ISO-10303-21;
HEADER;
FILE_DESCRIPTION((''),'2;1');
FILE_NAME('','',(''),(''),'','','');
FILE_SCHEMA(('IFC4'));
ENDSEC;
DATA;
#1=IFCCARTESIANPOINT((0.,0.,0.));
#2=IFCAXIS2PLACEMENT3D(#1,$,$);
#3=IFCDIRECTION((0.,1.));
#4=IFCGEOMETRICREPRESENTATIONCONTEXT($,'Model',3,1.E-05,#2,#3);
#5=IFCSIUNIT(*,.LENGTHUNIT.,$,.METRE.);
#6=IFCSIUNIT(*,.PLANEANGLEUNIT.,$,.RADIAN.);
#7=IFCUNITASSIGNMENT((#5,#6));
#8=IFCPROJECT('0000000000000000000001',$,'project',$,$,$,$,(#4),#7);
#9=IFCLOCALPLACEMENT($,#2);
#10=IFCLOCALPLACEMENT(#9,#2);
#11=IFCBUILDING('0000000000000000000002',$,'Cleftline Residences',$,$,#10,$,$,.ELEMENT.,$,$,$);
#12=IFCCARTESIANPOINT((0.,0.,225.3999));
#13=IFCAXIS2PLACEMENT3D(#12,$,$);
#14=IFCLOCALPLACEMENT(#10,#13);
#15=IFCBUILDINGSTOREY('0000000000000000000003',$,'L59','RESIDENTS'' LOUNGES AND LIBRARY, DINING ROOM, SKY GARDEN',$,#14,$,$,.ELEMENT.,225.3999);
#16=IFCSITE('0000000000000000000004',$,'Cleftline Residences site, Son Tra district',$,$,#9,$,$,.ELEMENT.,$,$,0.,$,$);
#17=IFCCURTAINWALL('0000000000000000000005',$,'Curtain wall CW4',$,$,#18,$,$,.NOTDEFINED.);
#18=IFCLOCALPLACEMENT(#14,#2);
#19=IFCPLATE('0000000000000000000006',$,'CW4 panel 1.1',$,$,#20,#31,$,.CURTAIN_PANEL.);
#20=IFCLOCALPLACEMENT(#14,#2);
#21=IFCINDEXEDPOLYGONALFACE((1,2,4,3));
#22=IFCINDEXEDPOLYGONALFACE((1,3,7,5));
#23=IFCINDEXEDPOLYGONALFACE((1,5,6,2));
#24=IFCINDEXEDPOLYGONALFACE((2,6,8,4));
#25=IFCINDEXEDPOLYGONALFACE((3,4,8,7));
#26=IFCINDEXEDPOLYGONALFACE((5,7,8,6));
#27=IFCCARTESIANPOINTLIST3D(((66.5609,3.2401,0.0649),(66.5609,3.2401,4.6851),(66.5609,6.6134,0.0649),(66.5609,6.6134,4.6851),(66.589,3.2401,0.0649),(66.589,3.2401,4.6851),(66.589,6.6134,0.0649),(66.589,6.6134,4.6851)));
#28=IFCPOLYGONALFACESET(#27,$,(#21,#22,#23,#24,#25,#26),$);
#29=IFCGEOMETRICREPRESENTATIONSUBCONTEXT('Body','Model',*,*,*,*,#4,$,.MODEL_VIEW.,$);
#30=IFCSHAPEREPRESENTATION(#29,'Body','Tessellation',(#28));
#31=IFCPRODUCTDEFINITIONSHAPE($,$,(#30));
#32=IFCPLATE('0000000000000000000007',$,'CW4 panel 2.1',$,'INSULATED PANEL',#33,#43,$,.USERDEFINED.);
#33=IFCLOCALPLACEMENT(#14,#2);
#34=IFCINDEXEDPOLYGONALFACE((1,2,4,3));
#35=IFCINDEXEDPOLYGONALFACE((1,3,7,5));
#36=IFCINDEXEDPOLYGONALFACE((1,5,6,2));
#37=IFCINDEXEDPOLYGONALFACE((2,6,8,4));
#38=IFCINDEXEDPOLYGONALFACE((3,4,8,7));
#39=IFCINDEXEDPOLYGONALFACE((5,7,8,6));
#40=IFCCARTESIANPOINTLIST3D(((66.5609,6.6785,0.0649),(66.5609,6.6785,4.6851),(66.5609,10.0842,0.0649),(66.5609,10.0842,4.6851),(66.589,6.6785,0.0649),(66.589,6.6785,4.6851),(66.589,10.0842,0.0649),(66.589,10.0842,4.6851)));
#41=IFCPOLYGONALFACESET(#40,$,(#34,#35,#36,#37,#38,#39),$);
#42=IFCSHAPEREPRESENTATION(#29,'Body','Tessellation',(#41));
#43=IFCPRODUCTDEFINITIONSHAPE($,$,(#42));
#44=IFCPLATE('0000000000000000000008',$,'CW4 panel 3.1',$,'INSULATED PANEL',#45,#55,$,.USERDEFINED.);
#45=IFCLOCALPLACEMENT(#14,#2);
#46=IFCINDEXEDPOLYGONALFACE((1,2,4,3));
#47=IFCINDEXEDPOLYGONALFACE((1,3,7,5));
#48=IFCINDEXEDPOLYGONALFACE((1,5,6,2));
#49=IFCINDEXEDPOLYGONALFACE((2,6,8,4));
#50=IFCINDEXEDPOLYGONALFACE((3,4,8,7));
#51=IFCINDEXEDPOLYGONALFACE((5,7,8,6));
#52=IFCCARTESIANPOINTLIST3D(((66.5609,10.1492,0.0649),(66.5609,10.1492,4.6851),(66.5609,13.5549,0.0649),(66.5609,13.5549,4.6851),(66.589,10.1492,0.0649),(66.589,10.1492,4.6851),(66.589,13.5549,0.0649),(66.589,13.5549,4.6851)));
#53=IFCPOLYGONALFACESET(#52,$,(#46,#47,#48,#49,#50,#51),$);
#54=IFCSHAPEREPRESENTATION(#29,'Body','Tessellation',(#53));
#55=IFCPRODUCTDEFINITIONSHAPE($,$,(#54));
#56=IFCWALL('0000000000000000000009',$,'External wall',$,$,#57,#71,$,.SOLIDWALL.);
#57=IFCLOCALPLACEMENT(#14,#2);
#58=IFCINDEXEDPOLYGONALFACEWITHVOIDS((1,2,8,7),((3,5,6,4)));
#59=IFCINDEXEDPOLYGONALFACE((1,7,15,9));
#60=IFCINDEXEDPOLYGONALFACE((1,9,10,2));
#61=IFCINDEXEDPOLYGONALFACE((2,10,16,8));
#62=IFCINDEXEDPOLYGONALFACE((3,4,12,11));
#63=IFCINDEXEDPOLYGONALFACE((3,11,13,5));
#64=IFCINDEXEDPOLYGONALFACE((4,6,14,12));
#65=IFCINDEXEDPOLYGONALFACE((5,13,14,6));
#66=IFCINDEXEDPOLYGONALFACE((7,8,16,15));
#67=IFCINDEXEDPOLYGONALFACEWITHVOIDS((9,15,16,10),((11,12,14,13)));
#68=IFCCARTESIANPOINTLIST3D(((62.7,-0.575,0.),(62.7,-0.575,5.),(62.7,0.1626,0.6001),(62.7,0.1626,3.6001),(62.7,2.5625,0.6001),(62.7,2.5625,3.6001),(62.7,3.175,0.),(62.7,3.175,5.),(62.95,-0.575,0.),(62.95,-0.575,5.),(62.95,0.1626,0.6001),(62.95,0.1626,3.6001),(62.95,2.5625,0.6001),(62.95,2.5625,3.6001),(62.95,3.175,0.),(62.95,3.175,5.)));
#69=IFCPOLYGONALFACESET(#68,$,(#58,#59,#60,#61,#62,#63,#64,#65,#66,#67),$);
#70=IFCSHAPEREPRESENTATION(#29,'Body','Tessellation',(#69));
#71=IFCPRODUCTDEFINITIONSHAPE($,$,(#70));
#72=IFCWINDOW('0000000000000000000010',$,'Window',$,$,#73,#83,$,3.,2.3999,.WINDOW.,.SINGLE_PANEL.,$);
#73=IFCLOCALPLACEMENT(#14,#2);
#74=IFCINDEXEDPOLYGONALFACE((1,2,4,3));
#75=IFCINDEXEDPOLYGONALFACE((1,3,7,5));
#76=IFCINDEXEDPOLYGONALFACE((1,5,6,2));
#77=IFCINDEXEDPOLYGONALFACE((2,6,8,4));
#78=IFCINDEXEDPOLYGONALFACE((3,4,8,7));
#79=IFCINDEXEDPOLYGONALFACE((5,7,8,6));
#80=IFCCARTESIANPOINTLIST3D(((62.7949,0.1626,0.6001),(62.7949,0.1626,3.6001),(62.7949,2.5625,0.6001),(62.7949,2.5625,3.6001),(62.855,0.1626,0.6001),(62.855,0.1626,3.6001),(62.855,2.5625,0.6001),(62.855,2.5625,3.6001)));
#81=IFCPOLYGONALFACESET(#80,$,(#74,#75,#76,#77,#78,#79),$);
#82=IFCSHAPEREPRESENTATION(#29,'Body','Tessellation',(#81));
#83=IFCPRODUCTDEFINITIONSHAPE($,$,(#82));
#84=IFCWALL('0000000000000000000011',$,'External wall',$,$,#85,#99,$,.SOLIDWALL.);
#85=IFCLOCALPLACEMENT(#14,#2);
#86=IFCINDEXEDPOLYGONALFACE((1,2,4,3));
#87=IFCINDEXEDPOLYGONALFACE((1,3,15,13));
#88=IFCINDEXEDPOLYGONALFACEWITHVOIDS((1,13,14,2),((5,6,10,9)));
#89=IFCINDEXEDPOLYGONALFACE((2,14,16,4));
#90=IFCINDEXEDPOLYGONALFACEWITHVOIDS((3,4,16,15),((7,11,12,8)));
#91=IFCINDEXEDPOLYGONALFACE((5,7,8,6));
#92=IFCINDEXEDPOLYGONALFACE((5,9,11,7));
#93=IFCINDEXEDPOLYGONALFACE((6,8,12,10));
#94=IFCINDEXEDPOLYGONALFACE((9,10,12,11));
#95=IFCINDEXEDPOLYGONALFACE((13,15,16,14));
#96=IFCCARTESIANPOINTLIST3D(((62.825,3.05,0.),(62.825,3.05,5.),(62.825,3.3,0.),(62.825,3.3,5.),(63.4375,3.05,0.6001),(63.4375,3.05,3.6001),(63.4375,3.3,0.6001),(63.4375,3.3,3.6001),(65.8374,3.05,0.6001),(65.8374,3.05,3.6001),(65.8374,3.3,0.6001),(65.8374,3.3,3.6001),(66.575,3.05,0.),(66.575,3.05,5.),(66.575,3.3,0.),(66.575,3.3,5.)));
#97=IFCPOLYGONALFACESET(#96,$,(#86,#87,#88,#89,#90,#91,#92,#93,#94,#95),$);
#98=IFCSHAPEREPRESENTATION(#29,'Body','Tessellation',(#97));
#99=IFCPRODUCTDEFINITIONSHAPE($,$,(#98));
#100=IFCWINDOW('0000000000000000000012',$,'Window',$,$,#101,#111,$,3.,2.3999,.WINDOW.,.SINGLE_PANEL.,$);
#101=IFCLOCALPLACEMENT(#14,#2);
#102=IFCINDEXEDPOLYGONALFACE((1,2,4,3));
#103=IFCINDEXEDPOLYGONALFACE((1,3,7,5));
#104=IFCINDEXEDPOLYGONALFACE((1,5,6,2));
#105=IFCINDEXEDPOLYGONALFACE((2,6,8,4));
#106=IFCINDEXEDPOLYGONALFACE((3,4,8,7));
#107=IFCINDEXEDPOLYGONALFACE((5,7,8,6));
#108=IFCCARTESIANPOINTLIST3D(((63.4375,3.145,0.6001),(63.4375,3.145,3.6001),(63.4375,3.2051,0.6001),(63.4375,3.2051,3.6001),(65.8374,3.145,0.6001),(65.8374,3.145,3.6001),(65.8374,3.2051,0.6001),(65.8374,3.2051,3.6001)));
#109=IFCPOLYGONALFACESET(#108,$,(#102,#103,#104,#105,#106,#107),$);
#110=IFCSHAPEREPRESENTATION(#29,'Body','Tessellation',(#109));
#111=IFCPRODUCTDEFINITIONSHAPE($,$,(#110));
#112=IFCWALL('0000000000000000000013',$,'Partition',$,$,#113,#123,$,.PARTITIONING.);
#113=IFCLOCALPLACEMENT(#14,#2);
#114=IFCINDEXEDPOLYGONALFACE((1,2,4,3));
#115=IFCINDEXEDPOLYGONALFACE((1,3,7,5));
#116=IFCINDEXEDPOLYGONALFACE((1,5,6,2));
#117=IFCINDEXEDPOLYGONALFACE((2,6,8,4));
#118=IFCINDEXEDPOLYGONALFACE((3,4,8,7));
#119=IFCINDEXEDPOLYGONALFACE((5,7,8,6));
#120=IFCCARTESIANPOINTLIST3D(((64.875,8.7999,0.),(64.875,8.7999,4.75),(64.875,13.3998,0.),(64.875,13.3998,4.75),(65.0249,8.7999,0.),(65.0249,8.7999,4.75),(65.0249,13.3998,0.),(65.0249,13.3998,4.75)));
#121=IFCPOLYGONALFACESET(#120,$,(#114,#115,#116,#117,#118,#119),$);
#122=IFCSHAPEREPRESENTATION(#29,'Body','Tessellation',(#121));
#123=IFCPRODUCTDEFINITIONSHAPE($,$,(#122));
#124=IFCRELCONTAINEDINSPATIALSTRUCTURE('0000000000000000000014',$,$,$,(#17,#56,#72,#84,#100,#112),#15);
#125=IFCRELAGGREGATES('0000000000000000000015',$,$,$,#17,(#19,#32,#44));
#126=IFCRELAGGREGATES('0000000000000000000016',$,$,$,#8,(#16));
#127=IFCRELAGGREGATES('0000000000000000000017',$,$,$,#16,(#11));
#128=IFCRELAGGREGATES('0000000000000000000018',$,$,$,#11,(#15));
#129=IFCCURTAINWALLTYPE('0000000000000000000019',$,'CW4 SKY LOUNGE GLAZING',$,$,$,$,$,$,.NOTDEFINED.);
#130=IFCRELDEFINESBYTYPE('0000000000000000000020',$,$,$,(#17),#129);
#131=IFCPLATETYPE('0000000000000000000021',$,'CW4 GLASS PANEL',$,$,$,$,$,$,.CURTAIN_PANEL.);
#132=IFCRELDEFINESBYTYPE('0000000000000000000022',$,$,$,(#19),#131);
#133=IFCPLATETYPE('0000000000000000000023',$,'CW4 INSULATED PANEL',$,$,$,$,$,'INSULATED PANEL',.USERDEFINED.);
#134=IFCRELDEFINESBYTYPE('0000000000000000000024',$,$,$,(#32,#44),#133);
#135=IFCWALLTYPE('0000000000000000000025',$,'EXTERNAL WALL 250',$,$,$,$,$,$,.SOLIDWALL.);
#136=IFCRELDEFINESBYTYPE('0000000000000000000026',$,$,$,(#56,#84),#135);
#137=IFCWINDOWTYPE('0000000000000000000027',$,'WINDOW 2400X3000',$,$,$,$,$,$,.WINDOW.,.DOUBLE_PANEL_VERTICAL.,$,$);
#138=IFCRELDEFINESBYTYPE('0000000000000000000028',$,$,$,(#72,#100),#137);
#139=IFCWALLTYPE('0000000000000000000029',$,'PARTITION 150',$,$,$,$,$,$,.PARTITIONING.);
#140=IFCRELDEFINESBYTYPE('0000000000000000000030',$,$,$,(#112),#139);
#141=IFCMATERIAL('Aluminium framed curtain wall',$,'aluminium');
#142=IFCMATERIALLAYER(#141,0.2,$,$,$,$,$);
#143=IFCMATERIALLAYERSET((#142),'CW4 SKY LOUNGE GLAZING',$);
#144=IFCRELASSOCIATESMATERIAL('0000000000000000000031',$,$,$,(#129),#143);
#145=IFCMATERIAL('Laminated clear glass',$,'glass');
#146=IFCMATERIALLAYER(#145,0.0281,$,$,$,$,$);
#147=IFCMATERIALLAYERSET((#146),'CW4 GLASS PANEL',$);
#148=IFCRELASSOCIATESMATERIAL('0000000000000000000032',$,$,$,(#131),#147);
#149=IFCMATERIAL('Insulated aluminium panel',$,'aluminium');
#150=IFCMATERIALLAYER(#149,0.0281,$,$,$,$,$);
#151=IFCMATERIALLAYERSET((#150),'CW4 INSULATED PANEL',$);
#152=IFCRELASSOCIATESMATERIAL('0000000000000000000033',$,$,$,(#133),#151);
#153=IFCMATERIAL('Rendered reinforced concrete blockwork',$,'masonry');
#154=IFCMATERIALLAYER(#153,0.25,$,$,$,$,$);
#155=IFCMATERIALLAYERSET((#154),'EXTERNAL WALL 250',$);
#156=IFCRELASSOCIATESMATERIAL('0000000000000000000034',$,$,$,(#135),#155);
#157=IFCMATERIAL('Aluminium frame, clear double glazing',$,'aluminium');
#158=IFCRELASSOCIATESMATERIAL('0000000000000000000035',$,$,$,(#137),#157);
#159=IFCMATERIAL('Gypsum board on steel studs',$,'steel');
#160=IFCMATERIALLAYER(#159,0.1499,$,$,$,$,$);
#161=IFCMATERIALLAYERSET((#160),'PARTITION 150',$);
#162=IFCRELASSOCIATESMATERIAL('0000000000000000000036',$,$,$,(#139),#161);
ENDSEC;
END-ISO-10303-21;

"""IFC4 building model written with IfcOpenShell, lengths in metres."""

from ifc_helpers import new_model, si_unit, direction, frame, frame_2d, origin, origin_2d, place, context, subcontext, project, spatial, rectangle, extrude, material, layer, layer_set, type_object, element, fill, aggregate, save


model = new_model("IFC4")

# Units and contexts
model_context = context("Model", 3, precision=1e-05, world=origin(), true_north=direction((0.0, 1.0)))
body_context = subcontext(model_context, "Body", "Model", "MODEL_VIEW")
ifc_project = project(units=[si_unit("LENGTHUNIT", "METRE"), si_unit("PLANEANGLEUNIT", "RADIAN")], contexts=[model_context])

# Site, building, storey
site_placement = place(None, origin())
site = spatial("IfcSite", under=ifc_project, at=site_placement, Name="Cleftline Residences site, Son Tra district", CompositionType="ELEMENT", RefElevation=0.0)
building_placement = place(site_placement, origin())
building = spatial("IfcBuilding", under=site, at=building_placement, Name="Cleftline Residences", CompositionType="ELEMENT")
storey_placement = place(building_placement, frame((0.0, 0.0, 225.3999)))
storey = spatial("IfcBuildingStorey", under=building, at=storey_placement, Name="L59", Description="RESIDENTS' LOUNGES AND LIBRARY, DINING ROOM, SKY GARDEN", CompositionType="ELEMENT", Elevation=225.3999)

# Curtain wall, plates
ifc_material_1 = material(Name="Aluminium framed curtain wall", Category="aluminium")
ifc_layer_1 = layer(ifc_material_1, 0.2)
ifc_layer_set_1 = layer_set([ifc_layer_1], Name="CW4 SKY LOUNGE GLAZING")
curtain_wall_type = type_object("IfcCurtainWallType", Name="CW4 SKY LOUNGE GLAZING", PredefinedType="NOTDEFINED", material=ifc_layer_set_1)
curtain_wall_placement = place(storey_placement, origin())
curtain_wall = element("IfcCurtainWall", 1, at=curtain_wall_placement, inside=storey, type_object=curtain_wall_type, Name="Curtain wall CW4", PredefinedType="NOTDEFINED")
ifc_material_2 = material(Name="Laminated clear glass", Category="glass")
ifc_layer_2 = layer(ifc_material_2, 0.0281)
ifc_layer_set_2 = layer_set([ifc_layer_2], Name="CW4 GLASS PANEL")
plate_type_1 = type_object("IfcPlateType", Name="CW4 GLASS PANEL", PredefinedType="CURTAIN_PANEL", material=ifc_layer_set_2)
plate_1_placement = place(storey_placement, frame((66.575, 4.9268, 0.0649), z_axis=(0.0, 0.0, 1.0), x_axis=(0.0, 1.0, 0.0)))
plate_1 = element("IfcPlate", 2, at=plate_1_placement, type_object=plate_type_1, Name="CW4 panel 1.1", PredefinedType="CURTAIN_PANEL", context=body_context, shape_type="SweptSolid", body=[
    extrude(rectangle(XDim=3.3733, YDim=0.0281, at=origin_2d()), origin(), (0.0, 0.0, 1.0), 4.6201),
])
ifc_material_3 = material(Name="Insulated aluminium panel", Category="aluminium")
ifc_layer_3 = layer(ifc_material_3, 0.0281)
ifc_layer_set_3 = layer_set([ifc_layer_3], Name="CW4 INSULATED PANEL")
plate_type_2 = type_object("IfcPlateType", Name="CW4 INSULATED PANEL", ElementType="INSULATED PANEL", PredefinedType="USERDEFINED", material=ifc_layer_set_3)
plate_2_placement = place(storey_placement, frame((66.575, 8.3813, 0.0649), z_axis=(0.0, 0.0, 1.0), x_axis=(0.0, 1.0, 0.0)))
plate_2 = element("IfcPlate", 3, at=plate_2_placement, type_object=plate_type_2, Name="CW4 panel 2.1", ObjectType="INSULATED PANEL", PredefinedType="USERDEFINED", context=body_context, shape_type="SweptSolid", body=[
    extrude(rectangle(XDim=3.4058, YDim=0.0281, at=origin_2d()), origin(), (0.0, 0.0, 1.0), 4.6201),
])
plate_3_placement = place(storey_placement, frame((66.575, 11.8521, 0.0649), z_axis=(0.0, 0.0, 1.0), x_axis=(0.0, 1.0, 0.0)))
plate_3 = element("IfcPlate", 4, at=plate_3_placement, type_object=plate_type_2, Name="CW4 panel 3.1", ObjectType="INSULATED PANEL", PredefinedType="USERDEFINED", context=body_context, shape_type="SweptSolid", body=[
    extrude(rectangle(XDim=3.4058, YDim=0.0281, at=origin_2d()), origin(), (0.0, 0.0, 1.0), 4.6201),
])
aggregate(curtain_wall, [plate_1, plate_2, plate_3])

# Walls, openings, windows
ifc_material_4 = material(Name="Rendered reinforced concrete blockwork", Category="masonry")
ifc_layer_4 = layer(ifc_material_4, 0.25)
ifc_layer_set_4 = layer_set([ifc_layer_4], Name="EXTERNAL WALL 250")
wall_type_1 = type_object("IfcWallType", Name="EXTERNAL WALL 250", PredefinedType="SOLIDWALL", material=ifc_layer_set_4)
wall_1_placement = place(storey_placement, frame((62.825, -0.575, 0.0), z_axis=(0.0, 0.0, 1.0), x_axis=(0.0, 1.0, 0.0)))
wall_1 = element("IfcWall", 5, at=wall_1_placement, inside=storey, type_object=wall_type_1, Name="External wall", PredefinedType="SOLIDWALL", context=body_context, shape_type="SweptSolid", body=[
    extrude(rectangle(XDim=3.75, YDim=0.25, at=frame_2d((1.875, 0.0))), origin(), (0.0, 0.0, 1.0), 5.0),
])
opening_1_placement = place(wall_1_placement, frame((0.7375, 0.0, 0.6001)))
opening_1 = element("IfcOpeningElement", 6, at=opening_1_placement, cuts=wall_1, PredefinedType="OPENING", context=body_context, shape_type="SweptSolid", body=[
    extrude(rectangle(XDim=2.3999, YDim=3.0, at=frame_2d((1.2, 1.5))), frame((0.0, 0.135, 0.0), z_axis=(0.0, -1.0, 0.0), x_axis=(1.0, 0.0, 0.0)), (0.0, 0.0, 1.0), 0.27),
])
ifc_material_5 = material(Name="Aluminium frame, clear double glazing", Category="aluminium")
window_type = type_object("IfcWindowType", Name="WINDOW 2400X3000", PartitioningType="DOUBLE_PANEL_VERTICAL", PredefinedType="WINDOW", material=ifc_material_5)
window_1_placement = place(opening_1_placement, origin())
window_1 = element("IfcWindow", 7, at=window_1_placement, inside=storey, type_object=window_type, Name="Window", OverallHeight=3.0, OverallWidth=2.3999, PartitioningType="SINGLE_PANEL", PredefinedType="WINDOW", context=body_context, shape_type="SweptSolid", body=[
    extrude(rectangle(XDim=2.3999, YDim=3.0, at=frame_2d((1.2, 1.5))), frame((0.0, 0.03, 0.0), z_axis=(0.0, -1.0, 0.0), x_axis=(1.0, 0.0, 0.0)), (0.0, 0.0, 1.0), 0.0601),
])
fill(opening_1, window_1)
wall_2_placement = place(storey_placement, frame((62.825, 3.175, 0.0), z_axis=(0.0, 0.0, 1.0), x_axis=(1.0, 0.0, 0.0)))
wall_2 = element("IfcWall", 8, at=wall_2_placement, inside=storey, type_object=wall_type_1, Name="External wall", PredefinedType="SOLIDWALL", context=body_context, shape_type="SweptSolid", body=[
    extrude(rectangle(XDim=3.75, YDim=0.25, at=frame_2d((1.875, 0.0))), origin(), (0.0, 0.0, 1.0), 5.0),
])
opening_2_placement = place(wall_2_placement, frame((0.6125, 0.0, 0.6001)))
opening_2 = element("IfcOpeningElement", 9, at=opening_2_placement, cuts=wall_2, PredefinedType="OPENING", context=body_context, shape_type="SweptSolid", body=[
    extrude(rectangle(XDim=2.3999, YDim=3.0, at=frame_2d((1.2, 1.5))), frame((0.0, 0.135, 0.0), z_axis=(0.0, -1.0, 0.0), x_axis=(1.0, 0.0, 0.0)), (0.0, 0.0, 1.0), 0.27),
])
window_2_placement = place(opening_2_placement, origin())
window_2 = element("IfcWindow", 10, at=window_2_placement, inside=storey, type_object=window_type, Name="Window", OverallHeight=3.0, OverallWidth=2.3999, PartitioningType="SINGLE_PANEL", PredefinedType="WINDOW", context=body_context, shape_type="SweptSolid", body=[
    extrude(rectangle(XDim=2.3999, YDim=3.0, at=frame_2d((1.2, 1.5))), frame((0.0, 0.03, 0.0), z_axis=(0.0, -1.0, 0.0), x_axis=(1.0, 0.0, 0.0)), (0.0, 0.0, 1.0), 0.0601),
])
fill(opening_2, window_2)

# Wall
ifc_material_6 = material(Name="Gypsum board on steel studs", Category="steel")
ifc_layer_5 = layer(ifc_material_6, 0.1499)
ifc_layer_set_5 = layer_set([ifc_layer_5], Name="PARTITION 150")
wall_type_2 = type_object("IfcWallType", Name="PARTITION 150", PredefinedType="PARTITIONING", material=ifc_layer_set_5)
wall_3_placement = place(storey_placement, frame((64.95, 8.8, 0.0), z_axis=(0.0, 0.0, 1.0), x_axis=(0.0, 1.0, 0.0)))
element("IfcWall", 11, at=wall_3_placement, inside=storey, type_object=wall_type_2, Name="Partition", PredefinedType="PARTITIONING", context=body_context, shape_type="SweptSolid", body=[
    extrude(rectangle(XDim=4.5999, YDim=0.1499, at=frame_2d((2.2998, 0.0))), origin(), (0.0, 0.0, 1.0), 4.75),
])

save(model, "model.ifc")
